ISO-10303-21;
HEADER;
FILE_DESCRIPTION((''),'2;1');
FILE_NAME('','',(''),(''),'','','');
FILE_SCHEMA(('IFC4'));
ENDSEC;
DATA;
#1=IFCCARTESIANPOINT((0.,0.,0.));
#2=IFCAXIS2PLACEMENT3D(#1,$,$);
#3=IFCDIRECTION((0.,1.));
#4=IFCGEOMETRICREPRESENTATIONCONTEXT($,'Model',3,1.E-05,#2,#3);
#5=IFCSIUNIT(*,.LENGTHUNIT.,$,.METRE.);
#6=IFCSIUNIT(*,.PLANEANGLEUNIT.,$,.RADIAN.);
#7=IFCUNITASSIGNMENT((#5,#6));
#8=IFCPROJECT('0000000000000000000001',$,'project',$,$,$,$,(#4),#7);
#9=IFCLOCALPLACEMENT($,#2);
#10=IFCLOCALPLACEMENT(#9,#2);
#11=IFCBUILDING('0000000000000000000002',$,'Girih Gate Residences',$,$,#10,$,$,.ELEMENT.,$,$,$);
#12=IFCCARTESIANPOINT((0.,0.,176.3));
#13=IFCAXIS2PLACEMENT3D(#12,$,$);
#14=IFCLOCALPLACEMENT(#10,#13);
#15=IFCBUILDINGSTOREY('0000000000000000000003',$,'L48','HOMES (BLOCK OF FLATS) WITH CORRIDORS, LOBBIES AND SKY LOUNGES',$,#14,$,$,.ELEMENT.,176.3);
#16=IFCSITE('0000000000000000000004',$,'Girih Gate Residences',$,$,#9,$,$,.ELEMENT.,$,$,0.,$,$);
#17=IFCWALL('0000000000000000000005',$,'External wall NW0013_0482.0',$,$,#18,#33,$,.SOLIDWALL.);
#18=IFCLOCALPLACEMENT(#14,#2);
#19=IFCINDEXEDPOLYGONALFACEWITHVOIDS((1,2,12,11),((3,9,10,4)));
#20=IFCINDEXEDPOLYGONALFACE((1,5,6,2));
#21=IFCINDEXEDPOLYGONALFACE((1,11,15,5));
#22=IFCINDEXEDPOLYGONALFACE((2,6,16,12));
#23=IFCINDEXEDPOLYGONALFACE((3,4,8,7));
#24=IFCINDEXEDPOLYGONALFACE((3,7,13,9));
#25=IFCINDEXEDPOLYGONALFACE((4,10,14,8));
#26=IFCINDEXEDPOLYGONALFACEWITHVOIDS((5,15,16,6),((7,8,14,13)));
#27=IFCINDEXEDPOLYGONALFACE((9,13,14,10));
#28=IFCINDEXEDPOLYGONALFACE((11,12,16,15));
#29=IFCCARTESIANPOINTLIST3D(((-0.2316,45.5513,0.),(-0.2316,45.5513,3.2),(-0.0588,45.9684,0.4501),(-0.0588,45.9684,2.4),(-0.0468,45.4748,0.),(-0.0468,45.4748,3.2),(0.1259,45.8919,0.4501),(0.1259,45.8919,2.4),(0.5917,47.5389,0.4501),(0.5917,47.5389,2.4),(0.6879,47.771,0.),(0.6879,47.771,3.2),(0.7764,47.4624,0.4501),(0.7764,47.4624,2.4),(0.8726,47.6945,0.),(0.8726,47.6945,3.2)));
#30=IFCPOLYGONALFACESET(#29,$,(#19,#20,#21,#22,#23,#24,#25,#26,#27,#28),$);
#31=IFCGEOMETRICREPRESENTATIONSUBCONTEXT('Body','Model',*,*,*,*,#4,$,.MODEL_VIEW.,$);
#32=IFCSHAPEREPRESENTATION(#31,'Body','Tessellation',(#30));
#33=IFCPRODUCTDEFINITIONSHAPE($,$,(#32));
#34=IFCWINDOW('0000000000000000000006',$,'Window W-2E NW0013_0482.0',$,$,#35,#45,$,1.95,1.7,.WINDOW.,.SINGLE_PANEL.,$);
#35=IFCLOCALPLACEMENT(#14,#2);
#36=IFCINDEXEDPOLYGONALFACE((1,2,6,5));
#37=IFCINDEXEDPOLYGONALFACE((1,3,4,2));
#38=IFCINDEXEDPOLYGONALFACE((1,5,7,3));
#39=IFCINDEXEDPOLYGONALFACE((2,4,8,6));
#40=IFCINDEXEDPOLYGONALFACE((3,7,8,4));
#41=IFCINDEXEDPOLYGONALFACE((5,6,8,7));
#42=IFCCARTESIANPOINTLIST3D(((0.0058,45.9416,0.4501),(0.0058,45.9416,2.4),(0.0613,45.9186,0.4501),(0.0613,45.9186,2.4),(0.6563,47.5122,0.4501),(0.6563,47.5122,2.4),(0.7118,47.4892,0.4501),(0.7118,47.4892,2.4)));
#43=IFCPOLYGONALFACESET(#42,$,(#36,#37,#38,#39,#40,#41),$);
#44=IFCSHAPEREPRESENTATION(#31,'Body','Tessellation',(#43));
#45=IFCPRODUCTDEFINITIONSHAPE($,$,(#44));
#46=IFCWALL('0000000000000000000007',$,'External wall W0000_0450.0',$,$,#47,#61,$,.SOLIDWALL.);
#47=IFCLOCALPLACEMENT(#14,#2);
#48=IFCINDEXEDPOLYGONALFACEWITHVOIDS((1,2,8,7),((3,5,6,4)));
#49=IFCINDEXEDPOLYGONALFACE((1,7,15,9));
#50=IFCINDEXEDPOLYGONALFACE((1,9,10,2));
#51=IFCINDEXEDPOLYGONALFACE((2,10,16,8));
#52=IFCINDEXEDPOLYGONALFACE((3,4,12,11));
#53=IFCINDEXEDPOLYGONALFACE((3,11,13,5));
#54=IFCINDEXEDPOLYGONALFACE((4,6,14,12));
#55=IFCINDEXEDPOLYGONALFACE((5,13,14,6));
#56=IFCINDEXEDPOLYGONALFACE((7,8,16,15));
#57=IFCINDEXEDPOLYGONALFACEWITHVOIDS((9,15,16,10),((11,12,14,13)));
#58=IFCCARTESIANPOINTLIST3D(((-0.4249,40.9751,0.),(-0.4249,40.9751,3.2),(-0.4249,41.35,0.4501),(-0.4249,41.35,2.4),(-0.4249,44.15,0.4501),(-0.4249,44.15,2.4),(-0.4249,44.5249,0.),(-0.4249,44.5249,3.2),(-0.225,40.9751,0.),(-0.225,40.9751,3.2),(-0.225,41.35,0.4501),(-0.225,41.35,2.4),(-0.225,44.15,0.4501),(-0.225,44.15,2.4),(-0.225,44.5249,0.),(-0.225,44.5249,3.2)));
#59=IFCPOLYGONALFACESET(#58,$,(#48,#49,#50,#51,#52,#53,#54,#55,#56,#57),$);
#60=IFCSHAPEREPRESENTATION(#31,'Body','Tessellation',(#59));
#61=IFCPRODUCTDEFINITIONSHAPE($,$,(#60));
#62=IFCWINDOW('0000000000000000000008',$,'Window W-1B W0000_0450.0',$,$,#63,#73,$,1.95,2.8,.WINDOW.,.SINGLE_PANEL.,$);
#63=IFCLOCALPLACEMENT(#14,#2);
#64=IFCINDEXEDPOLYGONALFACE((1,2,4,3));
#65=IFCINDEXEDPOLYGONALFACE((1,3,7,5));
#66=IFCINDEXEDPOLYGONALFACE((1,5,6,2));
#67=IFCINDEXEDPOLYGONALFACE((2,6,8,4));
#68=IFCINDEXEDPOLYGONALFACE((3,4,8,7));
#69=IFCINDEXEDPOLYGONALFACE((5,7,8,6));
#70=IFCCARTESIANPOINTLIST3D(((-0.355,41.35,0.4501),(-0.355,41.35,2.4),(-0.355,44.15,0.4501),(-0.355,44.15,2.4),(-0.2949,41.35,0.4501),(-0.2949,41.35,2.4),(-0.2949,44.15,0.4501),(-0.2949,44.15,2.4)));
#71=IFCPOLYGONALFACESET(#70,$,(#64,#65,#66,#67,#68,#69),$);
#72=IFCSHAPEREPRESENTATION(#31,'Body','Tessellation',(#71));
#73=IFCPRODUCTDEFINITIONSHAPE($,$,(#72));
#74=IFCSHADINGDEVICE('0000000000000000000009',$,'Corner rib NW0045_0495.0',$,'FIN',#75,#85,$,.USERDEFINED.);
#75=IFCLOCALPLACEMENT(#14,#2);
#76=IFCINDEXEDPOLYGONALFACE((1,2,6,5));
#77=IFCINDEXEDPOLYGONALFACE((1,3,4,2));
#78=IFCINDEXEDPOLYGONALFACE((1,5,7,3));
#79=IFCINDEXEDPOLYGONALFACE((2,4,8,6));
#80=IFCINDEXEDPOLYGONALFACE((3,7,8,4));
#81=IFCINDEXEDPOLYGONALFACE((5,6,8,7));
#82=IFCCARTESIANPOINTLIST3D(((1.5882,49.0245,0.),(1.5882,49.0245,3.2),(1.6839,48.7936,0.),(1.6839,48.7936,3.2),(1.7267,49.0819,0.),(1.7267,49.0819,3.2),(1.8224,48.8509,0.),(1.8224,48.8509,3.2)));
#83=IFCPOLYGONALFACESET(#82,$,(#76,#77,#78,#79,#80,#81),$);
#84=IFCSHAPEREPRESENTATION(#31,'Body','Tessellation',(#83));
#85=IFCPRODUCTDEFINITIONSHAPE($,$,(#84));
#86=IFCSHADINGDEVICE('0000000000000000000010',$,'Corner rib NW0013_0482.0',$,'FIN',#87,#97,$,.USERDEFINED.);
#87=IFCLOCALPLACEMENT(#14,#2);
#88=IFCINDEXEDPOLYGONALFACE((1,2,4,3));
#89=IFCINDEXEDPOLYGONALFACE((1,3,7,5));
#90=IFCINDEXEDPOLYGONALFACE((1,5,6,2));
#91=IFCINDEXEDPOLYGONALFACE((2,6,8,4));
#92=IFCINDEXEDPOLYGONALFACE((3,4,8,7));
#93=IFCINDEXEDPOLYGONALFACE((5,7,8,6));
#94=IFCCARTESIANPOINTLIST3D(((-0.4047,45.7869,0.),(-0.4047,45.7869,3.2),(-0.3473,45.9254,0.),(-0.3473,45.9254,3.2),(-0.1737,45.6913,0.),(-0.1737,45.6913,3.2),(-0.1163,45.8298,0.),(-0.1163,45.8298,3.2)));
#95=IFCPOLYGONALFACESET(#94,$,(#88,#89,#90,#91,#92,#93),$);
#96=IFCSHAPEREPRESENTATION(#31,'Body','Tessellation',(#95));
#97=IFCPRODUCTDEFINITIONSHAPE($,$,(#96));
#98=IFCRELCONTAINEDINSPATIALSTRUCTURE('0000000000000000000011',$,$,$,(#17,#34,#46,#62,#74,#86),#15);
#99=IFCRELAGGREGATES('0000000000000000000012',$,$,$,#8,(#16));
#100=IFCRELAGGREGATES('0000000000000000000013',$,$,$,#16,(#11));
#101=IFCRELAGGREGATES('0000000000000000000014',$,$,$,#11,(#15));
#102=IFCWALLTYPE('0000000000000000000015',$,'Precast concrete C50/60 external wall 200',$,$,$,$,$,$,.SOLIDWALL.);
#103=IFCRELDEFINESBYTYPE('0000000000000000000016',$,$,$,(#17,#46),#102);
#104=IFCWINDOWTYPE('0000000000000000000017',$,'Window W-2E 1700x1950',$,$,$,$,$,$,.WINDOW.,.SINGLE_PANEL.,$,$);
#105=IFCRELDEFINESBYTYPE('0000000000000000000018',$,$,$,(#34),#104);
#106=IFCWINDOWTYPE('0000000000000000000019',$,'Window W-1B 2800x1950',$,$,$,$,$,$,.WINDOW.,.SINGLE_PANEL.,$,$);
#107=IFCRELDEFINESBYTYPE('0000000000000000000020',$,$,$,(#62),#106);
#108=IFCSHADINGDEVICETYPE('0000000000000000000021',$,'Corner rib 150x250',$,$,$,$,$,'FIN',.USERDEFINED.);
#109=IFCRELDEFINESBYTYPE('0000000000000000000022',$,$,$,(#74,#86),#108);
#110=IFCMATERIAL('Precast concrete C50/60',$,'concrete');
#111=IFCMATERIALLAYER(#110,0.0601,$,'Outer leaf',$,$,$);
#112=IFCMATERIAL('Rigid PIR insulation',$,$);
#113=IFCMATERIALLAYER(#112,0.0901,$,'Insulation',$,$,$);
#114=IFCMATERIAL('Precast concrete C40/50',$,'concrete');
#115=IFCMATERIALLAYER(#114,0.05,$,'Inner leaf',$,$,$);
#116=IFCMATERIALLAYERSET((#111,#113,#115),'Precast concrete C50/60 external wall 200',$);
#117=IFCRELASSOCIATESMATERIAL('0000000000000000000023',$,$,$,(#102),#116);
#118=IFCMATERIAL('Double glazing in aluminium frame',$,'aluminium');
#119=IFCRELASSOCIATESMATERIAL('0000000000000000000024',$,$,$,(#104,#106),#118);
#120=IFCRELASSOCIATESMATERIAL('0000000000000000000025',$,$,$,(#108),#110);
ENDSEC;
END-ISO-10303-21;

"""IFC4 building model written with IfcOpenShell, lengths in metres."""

from ifc_helpers import new_model, si_unit, direction, frame, frame_2d, origin, origin_2d, place, context, subcontext, project, spatial, rectangle, extrude, material, layer, layer_set, type_object, element, fill, save


model = new_model("IFC4")

# Units and contexts
model_context = context("Model", 3, precision=1e-05, world=origin(), true_north=direction((0.0, 1.0)))
body_context = subcontext(model_context, "Body", "Model", "MODEL_VIEW")
ifc_project = project(units=[si_unit("LENGTHUNIT", "METRE"), si_unit("PLANEANGLEUNIT", "RADIAN")], contexts=[model_context])

# Site, building, storey
site_placement = place(None, origin())
site = spatial("IfcSite", under=ifc_project, at=site_placement, Name="Girih Gate Residences", CompositionType="ELEMENT", RefElevation=0.0)
building_placement = place(site_placement, origin())
building = spatial("IfcBuilding", under=site, at=building_placement, Name="Girih Gate Residences", CompositionType="ELEMENT")
storey_placement = place(building_placement, frame((0.0, 0.0, 176.3)))
storey = spatial("IfcBuildingStorey", under=building, at=storey_placement, Name="L48", Description="HOMES (BLOCK OF FLATS) WITH CORRIDORS, LOBBIES AND SKY LOUNGES", CompositionType="ELEMENT", Elevation=176.3)

# Walls, openings, windows
ifc_material_1 = material(Name="Precast concrete C50/60", Category="concrete")
ifc_layer_1 = layer(ifc_material_1, 0.0601, Name="Outer leaf")
ifc_material_2 = material(Name="Rigid PIR insulation")
ifc_layer_2 = layer(ifc_material_2, 0.0901, Name="Insulation")
ifc_material_3 = material(Name="Precast concrete C40/50", Category="concrete")
ifc_layer_3 = layer(ifc_material_3, 0.05, Name="Inner leaf")
ifc_layer_set_1 = layer_set([ifc_layer_1, ifc_layer_2, ifc_layer_3], Name="Precast concrete C50/60 external wall 200")
wall_type_1 = type_object("IfcWallType", Name="Precast concrete C50/60 external wall 200", PredefinedType="SOLIDWALL", material=ifc_layer_set_1)
ifc_material_4 = material(Name="Double glazing in aluminium frame", Category="aluminium")
window_type_1 = type_object("IfcWindowType", Name="Window W-2E 1700x1950", PartitioningType="SINGLE_PANEL", PredefinedType="WINDOW", material=ifc_material_4)
wall_1_placement = place(storey_placement, frame((-0.1392, 45.5132, 0.0), z_axis=(0.0, 0.0, 1.0), x_axis=(0.382681, 0.923881, 0.0)))
wall_1 = element("IfcWall", 1, at=wall_1_placement, inside=storey, type_object=wall_type_1, Name="External wall NW0013_0482.0", PredefinedType="SOLIDWALL", context=body_context, shape_type="SweptSolid", body=[
    extrude(rectangle(XDim=2.4026, YDim=0.2, at=frame_2d((1.2012, 0.0))), origin(), (0.0, 0.0, 1.0), 3.2),
])
opening_1_placement = place(wall_1_placement, frame((0.4512, 0.0, 0.45)))
opening_1 = element("IfcOpeningElement", 2, at=opening_1_placement, cuts=wall_1, PredefinedType="OPENING", context=body_context, shape_type="SweptSolid", body=[
    extrude(rectangle(XDim=1.7, YDim=1.95, at=frame_2d((0.8501, 0.9751))), frame((0.0, 0.1099, 0.0), z_axis=(0.0, -1.0, 0.0), x_axis=(1.0, 0.0, 0.0)), (0.0, 0.0, 1.0), 0.22),
])
window_1_placement = place(opening_1_placement, origin())
window_1 = element("IfcWindow", 3, at=window_1_placement, inside=storey, type_object=window_type_1, Name="Window W-2E NW0013_0482.0", OverallHeight=1.95, OverallWidth=1.7, PartitioningType="SINGLE_PANEL", PredefinedType="WINDOW", context=body_context, shape_type="SweptSolid", body=[
    extrude(rectangle(XDim=1.7, YDim=1.95, at=frame_2d((0.8501, 0.9751))), frame((0.0, 0.03, 0.0), z_axis=(0.0, -1.0, 0.0), x_axis=(1.0, 0.0, 0.0)), (0.0, 0.0, 1.0), 0.0601),
])
fill(opening_1, window_1)
wall_2_placement = place(storey_placement, frame((-0.325, 40.9751, 0.0), z_axis=(0.0, 0.0, 1.0), x_axis=(0.0, 1.0, 0.0)))
wall_2 = element("IfcWall", 4, at=wall_2_placement, inside=storey, type_object=wall_type_1, Name="External wall W0000_0450.0", PredefinedType="SOLIDWALL", context=body_context, shape_type="SweptSolid", body=[
    extrude(rectangle(XDim=3.5498, YDim=0.2, at=frame_2d((1.7749, 0.0))), origin(), (0.0, 0.0, 1.0), 3.2),
])
opening_2_placement = place(wall_2_placement, frame((0.375, 0.0, 0.45)))
opening_2 = element("IfcOpeningElement", 5, at=opening_2_placement, cuts=wall_2, PredefinedType="OPENING", context=body_context, shape_type="SweptSolid", body=[
    extrude(rectangle(XDim=2.8, YDim=1.95, at=frame_2d((1.3999, 0.9751))), frame((0.0, 0.1099, 0.0), z_axis=(0.0, -1.0, 0.0), x_axis=(1.0, 0.0, 0.0)), (0.0, 0.0, 1.0), 0.22),
])
window_type_2 = type_object("IfcWindowType", Name="Window W-1B 2800x1950", PartitioningType="SINGLE_PANEL", PredefinedType="WINDOW", material=ifc_material_4)
window_2_placement = place(opening_2_placement, origin())
window_2 = element("IfcWindow", 6, at=window_2_placement, inside=storey, type_object=window_type_2, Name="Window W-1B W0000_0450.0", OverallHeight=1.95, OverallWidth=2.8, PartitioningType="SINGLE_PANEL", PredefinedType="WINDOW", context=body_context, shape_type="SweptSolid", body=[
    extrude(rectangle(XDim=2.8, YDim=1.95, at=frame_2d((1.3999, 0.9751))), frame((0.0, 0.03, 0.0), z_axis=(0.0, -1.0, 0.0), x_axis=(1.0, 0.0, 0.0)), (0.0, 0.0, 1.0), 0.0601),
])
fill(opening_2, window_2)

# Shading devices
shading_device_type = type_object("IfcShadingDeviceType", Name="Corner rib 150x250", ElementType="FIN", PredefinedType="USERDEFINED", material=ifc_material_1)
for number, where, z_axis, x_axis, name in (
    (7, (1.7053, 48.9377, 0.0), (0.0, 0.0, 1.0), (-0.92388, -0.382683, 0.0), "Corner rib NW0045_0495.0"),
    (8, (-0.2605, 45.8083, 0.0), (0.0, 0.0, 1.0), (-0.382683, -0.92388, 0.0), "Corner rib NW0013_0482.0"),
):
    element("IfcShadingDevice", number, at=place(storey_placement, frame(where, z_axis=z_axis, x_axis=x_axis)), inside=storey, type_object=shading_device_type, Name=name, ObjectType="FIN", PredefinedType="USERDEFINED", context=body_context, shape_type="SweptSolid", body=[
        extrude(rectangle(XDim=0.1499, YDim=0.25, at=origin_2d()), origin(), (0.0, 0.0, 1.0), 3.2),
    ])

save(model, "model.ifc")
